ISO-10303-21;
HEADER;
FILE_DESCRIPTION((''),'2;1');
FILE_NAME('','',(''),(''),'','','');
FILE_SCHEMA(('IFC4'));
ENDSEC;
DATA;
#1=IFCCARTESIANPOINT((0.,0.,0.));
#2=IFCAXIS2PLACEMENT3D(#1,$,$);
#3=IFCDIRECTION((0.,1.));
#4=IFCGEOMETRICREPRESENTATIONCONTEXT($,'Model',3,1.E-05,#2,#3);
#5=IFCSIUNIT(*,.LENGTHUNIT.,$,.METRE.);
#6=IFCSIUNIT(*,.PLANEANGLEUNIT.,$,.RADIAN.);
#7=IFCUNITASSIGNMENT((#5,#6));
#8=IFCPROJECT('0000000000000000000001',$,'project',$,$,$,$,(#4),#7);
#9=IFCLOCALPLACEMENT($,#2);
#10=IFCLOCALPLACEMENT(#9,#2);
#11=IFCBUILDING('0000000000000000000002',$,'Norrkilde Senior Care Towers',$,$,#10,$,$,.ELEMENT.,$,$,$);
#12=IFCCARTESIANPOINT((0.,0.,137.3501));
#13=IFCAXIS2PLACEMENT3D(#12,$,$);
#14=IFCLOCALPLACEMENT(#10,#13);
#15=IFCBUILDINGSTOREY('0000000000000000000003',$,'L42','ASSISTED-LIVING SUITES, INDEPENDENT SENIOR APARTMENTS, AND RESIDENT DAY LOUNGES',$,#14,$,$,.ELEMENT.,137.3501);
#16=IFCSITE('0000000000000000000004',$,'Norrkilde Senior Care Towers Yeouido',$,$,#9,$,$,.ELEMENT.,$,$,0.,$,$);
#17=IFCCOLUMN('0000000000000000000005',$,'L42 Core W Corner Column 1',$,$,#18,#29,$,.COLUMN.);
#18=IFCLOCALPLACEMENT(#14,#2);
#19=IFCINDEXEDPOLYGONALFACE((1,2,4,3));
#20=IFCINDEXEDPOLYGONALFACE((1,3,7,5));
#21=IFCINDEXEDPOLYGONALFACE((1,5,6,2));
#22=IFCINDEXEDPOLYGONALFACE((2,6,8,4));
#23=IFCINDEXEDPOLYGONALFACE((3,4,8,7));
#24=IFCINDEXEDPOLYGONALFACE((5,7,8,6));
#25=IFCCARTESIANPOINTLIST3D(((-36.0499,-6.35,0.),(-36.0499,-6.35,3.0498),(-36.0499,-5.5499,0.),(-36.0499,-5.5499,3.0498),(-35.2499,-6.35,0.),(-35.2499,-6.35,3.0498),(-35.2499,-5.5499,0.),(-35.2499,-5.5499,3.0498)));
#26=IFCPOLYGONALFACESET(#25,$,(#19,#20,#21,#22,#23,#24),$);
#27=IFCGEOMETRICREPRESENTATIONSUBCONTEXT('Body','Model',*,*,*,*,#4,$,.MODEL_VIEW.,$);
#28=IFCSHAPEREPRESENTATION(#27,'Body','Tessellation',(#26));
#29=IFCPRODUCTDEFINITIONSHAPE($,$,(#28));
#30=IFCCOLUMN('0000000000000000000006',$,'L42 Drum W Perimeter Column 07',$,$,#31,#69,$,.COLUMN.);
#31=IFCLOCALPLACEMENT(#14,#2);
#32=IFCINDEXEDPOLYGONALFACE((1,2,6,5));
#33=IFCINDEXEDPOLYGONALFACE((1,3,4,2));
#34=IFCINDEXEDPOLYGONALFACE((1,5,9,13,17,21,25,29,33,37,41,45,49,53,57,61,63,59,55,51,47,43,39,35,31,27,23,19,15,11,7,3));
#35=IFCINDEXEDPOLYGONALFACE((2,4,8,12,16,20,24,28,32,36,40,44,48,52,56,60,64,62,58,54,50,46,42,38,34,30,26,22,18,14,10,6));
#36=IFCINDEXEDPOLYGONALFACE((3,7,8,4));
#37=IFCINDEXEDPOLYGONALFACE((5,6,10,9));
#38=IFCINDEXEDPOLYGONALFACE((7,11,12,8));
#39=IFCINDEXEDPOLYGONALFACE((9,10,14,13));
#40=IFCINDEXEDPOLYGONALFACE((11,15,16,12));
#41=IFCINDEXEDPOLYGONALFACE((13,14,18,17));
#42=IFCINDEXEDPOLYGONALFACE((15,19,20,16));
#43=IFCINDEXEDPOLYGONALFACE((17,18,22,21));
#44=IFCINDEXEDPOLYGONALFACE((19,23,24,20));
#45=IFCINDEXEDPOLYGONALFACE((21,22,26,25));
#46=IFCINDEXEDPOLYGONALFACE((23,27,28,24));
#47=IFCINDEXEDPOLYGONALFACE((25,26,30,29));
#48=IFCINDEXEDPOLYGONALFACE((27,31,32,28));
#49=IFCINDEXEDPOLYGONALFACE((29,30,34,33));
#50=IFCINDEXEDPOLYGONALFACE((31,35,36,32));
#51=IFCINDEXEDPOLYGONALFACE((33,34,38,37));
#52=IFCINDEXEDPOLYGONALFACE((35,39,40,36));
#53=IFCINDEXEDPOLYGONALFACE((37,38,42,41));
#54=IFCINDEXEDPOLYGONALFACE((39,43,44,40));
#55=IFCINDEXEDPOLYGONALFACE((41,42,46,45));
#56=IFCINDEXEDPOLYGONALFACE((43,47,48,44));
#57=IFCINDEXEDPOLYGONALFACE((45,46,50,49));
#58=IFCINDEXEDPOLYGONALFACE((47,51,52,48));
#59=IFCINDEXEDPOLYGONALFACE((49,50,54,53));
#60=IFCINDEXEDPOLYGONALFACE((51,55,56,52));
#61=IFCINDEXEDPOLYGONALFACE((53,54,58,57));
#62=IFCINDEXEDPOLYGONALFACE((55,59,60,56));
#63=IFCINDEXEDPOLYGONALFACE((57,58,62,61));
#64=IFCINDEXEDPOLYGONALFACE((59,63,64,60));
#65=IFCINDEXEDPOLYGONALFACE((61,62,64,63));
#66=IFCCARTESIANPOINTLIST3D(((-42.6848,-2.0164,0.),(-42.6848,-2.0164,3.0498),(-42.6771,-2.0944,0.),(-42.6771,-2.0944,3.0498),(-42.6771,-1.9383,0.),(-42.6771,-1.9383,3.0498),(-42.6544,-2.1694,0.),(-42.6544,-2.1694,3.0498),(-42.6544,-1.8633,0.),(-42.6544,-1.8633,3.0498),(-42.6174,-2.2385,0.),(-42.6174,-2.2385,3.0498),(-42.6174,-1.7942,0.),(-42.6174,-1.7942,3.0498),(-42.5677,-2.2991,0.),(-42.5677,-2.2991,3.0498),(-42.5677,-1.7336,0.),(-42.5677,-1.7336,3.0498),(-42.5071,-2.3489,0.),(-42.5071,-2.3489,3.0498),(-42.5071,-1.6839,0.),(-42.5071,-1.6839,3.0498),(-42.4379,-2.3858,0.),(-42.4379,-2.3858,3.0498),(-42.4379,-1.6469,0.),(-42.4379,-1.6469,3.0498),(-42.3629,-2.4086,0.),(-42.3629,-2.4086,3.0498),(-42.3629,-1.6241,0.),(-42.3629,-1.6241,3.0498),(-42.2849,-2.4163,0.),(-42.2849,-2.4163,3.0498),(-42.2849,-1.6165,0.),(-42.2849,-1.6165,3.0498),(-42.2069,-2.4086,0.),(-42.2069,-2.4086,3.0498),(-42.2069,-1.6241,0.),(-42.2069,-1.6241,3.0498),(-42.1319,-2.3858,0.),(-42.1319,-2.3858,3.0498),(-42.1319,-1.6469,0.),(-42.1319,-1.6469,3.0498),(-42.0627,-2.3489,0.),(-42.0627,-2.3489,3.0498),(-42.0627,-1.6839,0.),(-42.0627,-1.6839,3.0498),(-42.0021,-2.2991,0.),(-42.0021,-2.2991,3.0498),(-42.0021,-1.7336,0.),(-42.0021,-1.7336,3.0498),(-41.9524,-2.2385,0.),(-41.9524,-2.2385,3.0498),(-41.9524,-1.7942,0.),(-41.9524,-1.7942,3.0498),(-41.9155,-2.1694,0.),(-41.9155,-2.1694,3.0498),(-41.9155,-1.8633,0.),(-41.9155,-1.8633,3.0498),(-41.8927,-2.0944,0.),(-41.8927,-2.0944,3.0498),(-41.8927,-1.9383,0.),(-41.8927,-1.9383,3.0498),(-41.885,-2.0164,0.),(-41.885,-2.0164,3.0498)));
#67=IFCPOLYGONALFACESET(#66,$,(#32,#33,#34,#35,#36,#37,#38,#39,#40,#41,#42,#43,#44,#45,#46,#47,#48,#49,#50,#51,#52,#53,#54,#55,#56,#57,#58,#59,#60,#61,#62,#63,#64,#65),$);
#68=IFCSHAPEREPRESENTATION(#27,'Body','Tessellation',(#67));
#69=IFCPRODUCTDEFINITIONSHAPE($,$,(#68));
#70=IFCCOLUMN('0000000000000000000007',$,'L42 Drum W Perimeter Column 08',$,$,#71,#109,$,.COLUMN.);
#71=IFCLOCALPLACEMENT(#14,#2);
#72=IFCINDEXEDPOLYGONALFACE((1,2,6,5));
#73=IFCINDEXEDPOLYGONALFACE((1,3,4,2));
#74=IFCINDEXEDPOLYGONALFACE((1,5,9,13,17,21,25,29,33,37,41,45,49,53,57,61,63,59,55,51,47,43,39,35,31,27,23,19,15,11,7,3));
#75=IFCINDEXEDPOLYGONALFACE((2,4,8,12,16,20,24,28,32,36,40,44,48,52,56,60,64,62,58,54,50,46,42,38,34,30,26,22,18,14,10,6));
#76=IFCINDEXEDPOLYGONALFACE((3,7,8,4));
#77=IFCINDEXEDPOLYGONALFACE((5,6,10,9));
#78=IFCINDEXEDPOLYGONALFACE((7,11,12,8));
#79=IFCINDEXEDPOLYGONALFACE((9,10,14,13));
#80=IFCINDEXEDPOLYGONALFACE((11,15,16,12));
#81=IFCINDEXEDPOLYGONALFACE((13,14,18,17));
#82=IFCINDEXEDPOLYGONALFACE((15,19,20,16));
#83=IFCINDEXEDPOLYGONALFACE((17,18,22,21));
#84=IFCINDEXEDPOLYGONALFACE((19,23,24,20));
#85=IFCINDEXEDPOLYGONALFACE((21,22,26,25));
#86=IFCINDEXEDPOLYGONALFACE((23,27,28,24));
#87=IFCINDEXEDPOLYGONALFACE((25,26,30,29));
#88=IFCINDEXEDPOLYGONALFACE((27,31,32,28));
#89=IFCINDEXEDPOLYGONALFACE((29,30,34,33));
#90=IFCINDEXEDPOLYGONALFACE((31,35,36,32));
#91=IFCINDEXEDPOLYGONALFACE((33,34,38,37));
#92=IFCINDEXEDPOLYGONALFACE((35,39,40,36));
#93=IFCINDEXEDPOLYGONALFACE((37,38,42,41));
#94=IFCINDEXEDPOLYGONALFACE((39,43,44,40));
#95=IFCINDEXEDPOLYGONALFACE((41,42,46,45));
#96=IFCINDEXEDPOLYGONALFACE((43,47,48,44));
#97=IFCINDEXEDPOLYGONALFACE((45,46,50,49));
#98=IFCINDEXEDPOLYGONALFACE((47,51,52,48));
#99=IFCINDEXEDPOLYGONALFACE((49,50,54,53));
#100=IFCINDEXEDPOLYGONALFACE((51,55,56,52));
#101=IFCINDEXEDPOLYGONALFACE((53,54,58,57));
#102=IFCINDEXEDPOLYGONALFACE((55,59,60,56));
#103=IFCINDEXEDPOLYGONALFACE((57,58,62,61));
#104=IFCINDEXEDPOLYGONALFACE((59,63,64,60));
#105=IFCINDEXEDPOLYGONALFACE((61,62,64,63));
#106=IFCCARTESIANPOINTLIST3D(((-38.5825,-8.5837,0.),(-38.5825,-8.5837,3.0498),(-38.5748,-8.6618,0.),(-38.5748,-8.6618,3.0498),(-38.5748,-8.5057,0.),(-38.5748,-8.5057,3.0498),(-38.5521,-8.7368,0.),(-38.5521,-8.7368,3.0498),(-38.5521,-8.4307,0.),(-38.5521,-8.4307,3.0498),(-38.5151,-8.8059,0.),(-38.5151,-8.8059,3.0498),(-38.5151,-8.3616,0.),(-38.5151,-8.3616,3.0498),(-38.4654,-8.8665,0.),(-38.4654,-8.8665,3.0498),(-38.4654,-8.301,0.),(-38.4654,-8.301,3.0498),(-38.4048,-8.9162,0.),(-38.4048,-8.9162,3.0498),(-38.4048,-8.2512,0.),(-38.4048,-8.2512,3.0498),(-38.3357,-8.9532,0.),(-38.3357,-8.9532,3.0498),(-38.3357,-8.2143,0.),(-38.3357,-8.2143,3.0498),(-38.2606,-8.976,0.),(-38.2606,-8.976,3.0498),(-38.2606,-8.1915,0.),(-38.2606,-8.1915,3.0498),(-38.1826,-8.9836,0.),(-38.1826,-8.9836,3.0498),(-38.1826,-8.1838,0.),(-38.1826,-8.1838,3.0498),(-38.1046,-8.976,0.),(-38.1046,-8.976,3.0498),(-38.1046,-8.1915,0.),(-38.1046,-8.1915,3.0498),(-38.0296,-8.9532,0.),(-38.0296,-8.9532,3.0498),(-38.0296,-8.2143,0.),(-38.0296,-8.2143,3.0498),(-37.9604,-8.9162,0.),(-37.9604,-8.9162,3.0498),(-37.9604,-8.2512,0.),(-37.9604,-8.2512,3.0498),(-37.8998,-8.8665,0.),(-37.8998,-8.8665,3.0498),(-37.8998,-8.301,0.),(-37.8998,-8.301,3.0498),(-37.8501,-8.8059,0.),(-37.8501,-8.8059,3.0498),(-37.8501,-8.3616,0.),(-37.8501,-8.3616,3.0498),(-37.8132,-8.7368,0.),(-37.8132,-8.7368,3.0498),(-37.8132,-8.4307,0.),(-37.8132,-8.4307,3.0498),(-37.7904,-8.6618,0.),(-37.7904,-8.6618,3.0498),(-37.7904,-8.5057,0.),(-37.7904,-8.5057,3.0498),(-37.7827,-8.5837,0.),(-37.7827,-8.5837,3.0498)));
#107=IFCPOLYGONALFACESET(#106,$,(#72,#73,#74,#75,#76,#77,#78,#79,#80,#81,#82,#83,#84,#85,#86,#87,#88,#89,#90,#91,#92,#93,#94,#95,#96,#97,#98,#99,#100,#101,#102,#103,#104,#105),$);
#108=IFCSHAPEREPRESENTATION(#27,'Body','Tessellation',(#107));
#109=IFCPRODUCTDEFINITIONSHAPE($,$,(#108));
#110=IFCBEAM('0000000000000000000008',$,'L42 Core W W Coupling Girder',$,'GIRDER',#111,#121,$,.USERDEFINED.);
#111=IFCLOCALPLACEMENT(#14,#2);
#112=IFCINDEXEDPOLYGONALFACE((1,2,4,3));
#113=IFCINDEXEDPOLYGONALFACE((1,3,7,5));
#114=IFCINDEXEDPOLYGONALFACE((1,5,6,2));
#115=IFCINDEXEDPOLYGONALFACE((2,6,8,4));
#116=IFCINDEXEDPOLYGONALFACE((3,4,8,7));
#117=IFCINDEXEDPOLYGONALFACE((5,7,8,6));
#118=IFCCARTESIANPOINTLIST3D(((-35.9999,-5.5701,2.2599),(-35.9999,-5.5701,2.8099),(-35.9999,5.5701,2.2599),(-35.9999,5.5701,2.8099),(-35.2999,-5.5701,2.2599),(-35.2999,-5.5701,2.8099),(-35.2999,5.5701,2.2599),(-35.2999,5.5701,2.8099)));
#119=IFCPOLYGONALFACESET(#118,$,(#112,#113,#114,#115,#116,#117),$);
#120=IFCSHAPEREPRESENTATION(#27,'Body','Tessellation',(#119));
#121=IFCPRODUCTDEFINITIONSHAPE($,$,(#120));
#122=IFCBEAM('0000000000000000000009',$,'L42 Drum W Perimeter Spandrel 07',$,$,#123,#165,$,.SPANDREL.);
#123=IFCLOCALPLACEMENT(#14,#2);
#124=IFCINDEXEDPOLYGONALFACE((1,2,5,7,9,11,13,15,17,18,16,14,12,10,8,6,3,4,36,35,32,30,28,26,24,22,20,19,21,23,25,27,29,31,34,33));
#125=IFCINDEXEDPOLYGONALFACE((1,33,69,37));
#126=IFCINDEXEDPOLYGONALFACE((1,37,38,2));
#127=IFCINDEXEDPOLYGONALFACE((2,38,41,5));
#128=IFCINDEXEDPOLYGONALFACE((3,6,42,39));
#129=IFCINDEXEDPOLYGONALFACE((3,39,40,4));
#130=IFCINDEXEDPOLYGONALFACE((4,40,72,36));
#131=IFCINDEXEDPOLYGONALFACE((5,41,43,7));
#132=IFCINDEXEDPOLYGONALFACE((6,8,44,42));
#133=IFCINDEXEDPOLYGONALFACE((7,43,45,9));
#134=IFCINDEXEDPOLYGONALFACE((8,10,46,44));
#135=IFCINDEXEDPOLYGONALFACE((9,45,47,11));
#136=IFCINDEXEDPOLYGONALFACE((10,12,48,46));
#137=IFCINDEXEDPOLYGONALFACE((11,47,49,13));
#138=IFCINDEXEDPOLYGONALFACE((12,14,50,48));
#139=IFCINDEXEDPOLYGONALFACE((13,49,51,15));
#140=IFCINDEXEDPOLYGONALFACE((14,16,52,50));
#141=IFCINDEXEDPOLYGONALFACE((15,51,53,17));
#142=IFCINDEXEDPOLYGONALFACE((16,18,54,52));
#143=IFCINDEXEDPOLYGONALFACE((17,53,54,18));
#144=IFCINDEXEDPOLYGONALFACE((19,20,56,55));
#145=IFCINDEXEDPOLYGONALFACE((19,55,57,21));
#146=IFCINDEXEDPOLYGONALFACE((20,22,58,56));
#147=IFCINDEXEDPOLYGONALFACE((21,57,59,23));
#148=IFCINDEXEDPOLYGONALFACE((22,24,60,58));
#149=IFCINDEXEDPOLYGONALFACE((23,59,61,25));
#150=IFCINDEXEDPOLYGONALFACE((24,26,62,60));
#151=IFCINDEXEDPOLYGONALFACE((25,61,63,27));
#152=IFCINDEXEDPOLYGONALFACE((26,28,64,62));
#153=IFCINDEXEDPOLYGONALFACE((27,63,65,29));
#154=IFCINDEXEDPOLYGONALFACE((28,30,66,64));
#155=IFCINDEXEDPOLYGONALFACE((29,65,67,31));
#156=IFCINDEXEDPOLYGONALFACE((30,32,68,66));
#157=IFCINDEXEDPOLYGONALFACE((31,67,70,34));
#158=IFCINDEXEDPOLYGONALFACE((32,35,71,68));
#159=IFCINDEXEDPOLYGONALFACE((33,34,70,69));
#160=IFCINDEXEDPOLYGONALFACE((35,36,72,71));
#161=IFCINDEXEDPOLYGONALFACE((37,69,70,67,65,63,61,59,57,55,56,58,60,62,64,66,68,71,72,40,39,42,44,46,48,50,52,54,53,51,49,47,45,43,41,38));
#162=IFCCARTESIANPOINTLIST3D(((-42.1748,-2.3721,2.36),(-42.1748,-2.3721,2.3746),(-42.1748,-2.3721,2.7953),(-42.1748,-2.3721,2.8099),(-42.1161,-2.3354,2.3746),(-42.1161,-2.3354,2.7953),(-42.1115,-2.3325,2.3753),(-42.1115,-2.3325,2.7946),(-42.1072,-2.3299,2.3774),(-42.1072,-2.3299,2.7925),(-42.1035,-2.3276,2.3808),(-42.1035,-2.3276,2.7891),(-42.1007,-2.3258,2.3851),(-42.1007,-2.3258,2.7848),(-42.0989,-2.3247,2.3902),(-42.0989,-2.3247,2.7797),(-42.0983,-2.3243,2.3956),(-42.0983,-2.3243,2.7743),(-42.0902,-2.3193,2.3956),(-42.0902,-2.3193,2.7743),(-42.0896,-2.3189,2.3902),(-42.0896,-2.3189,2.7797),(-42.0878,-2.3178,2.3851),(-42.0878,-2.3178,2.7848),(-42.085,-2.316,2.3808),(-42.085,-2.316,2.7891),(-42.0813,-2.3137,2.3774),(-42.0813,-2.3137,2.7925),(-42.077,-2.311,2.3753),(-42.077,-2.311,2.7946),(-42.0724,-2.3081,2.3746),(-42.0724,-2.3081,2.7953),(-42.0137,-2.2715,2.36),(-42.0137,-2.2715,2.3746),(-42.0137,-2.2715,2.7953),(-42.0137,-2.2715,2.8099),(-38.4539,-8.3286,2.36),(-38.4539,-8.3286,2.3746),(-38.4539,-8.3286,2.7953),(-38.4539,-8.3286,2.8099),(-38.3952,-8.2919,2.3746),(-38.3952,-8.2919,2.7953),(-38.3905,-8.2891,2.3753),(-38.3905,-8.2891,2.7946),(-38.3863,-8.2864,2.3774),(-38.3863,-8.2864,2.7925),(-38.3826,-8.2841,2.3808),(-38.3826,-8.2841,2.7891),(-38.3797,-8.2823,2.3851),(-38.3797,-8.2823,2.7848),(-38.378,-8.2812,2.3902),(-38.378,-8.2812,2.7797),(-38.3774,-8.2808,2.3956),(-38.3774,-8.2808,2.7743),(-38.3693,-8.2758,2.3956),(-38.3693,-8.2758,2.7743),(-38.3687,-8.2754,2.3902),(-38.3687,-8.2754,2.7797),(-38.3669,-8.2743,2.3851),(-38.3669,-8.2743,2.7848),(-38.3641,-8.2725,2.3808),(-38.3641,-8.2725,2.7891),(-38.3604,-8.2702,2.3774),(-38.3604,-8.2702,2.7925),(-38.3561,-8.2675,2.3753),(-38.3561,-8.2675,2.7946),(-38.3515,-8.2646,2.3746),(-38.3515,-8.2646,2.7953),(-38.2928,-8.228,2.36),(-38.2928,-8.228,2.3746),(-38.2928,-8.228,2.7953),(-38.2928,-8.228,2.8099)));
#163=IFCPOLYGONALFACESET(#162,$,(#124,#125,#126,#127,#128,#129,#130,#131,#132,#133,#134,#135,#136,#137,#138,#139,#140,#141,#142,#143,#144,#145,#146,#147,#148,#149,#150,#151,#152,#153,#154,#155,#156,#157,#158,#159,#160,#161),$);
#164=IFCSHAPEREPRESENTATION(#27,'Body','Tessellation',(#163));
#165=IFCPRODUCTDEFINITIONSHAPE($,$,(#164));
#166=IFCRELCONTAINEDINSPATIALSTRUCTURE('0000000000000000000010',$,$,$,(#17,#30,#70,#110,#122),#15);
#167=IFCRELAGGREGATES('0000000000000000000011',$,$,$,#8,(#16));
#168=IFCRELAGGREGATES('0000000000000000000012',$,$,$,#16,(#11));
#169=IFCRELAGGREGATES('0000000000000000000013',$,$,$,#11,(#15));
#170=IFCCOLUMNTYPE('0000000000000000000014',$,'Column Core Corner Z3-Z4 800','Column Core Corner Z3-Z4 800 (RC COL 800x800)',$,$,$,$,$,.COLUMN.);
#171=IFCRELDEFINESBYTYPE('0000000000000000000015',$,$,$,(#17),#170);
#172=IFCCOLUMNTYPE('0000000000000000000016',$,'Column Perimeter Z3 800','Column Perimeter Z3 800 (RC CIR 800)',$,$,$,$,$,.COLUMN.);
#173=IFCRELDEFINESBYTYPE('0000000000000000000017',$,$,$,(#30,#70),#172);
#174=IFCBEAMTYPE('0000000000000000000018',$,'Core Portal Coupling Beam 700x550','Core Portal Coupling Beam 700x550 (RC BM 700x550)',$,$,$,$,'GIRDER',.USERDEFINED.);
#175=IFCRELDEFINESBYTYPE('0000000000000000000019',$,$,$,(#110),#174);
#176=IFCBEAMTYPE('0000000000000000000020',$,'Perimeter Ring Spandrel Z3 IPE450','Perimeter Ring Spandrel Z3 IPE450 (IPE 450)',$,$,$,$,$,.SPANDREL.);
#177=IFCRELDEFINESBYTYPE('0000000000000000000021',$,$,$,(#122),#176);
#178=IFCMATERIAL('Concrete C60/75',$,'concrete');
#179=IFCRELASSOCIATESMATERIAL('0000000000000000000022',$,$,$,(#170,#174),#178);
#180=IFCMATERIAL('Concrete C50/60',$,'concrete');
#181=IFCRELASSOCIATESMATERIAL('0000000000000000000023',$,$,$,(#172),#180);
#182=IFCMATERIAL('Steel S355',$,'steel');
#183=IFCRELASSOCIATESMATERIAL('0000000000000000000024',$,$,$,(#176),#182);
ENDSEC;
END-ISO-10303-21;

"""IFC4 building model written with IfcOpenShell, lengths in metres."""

from ifc_helpers import new_model, si_unit, direction, frame, origin, origin_2d, place, context, subcontext, project, spatial, rectangle, circle, i_section, extrude, source, transform, mapped, material, material_profile, profile_set, type_object, type_shapes, element, save


model = new_model("IFC4")

# Units and contexts
model_context = context("Model", 3, precision=1e-05, world=origin(), true_north=direction((0.0, 1.0)))
body_context = subcontext(model_context, "Body", "Model", "MODEL_VIEW")
ifc_project = project(units=[si_unit("LENGTHUNIT", "METRE"), si_unit("PLANEANGLEUNIT", "RADIAN")], contexts=[model_context])

# Site, building, storey
site_placement = place(None, origin())
site = spatial("IfcSite", under=ifc_project, at=site_placement, Name="Norrkilde Senior Care Towers Yeouido", CompositionType="ELEMENT", RefElevation=0.0)
building_placement = place(site_placement, origin())
building = spatial("IfcBuilding", under=site, at=building_placement, Name="Norrkilde Senior Care Towers", CompositionType="ELEMENT")
storey_placement = place(building_placement, frame((0.0, 0.0, 137.3501)))
storey = spatial("IfcBuildingStorey", under=building, at=storey_placement, Name="L42", Description="ASSISTED-LIVING SUITES, INDEPENDENT SENIOR APARTMENTS, AND RESIDENT DAY LOUNGES", CompositionType="ELEMENT", Elevation=137.3501)

# Columns
ifc_material_1 = material(Name="Concrete C60/75", Category="concrete")
ifc_material_profile_1 = material_profile(ifc_material_1, rectangle(XDim=0.8, YDim=0.8, at=origin_2d()), Name="RC COL 800x800")
ifc_profile_set_1 = profile_set([ifc_material_profile_1], Name="Concrete C60/75")
column_type_1 = type_object("IfcColumnType", Name="Column Core Corner Z3-Z4 800", Description="Column Core Corner Z3-Z4 800 (RC COL 800x800)", PredefinedType="COLUMN", material=ifc_profile_set_1)
shared_shape_1 = source(origin(), body_context, "Body", "SweptSolid", [
    extrude(rectangle(XDim=0.8, YDim=0.8, at=origin_2d()), origin(), (0.0, 0.0, 1.0), 3.0498),
])
type_shapes(column_type_1, [shared_shape_1])
column_placement = place(storey_placement, frame((-35.6499, -5.95, 0.0), z_axis=(0.0, 0.0, 1.0), x_axis=(1.0, 0.0, 0.0)))
element("IfcColumn", 1, at=column_placement, inside=storey, type_object=column_type_1, Name="L42 Core W Corner Column 1", PredefinedType="COLUMN", context=body_context, shape_type="MappedRepresentation", body=[
    mapped(shared_shape_1, transform((0.0, 0.0, 0.0), x_axis=(1.0, 0.0, 0.0), y_axis=(0.0, 1.0, 0.0), z_axis=(0.0, 0.0, 1.0), scale=1.0)),
])
ifc_material_2 = material(Name="Concrete C50/60", Category="concrete")
ifc_material_profile_2 = material_profile(ifc_material_2, circle(Radius=0.3999, at=origin_2d()), Name="RC CIR 800")
ifc_profile_set_2 = profile_set([ifc_material_profile_2], Name="Concrete C50/60")
column_type_2 = type_object("IfcColumnType", Name="Column Perimeter Z3 800", Description="Column Perimeter Z3 800 (RC CIR 800)", PredefinedType="COLUMN", material=ifc_profile_set_2)
shared_shape_2 = source(origin(), body_context, "Body", "SweptSolid", [
    extrude(circle(Radius=0.3999, at=origin_2d()), origin(), (0.0, 0.0, 1.0), 3.0498),
])
type_shapes(column_type_2, [shared_shape_2])
for number, where, z_axis, x_axis, name in (
    (2, (-42.2849, -2.0164, 0.0), (0.0, 0.0, 1.0), (1.0, 0.0, 0.0), "L42 Drum W Perimeter Column 07"),
    (3, (-38.1826, -8.5837, 0.0), (0.0, 0.0, 1.0), (1.0, 0.0, 0.0), "L42 Drum W Perimeter Column 08"),
):
    element("IfcColumn", number, at=place(storey_placement, frame(where, z_axis=z_axis, x_axis=x_axis)), inside=storey, type_object=column_type_2, Name=name, PredefinedType="COLUMN", context=body_context, shape_type="MappedRepresentation", body=[
        mapped(shared_shape_2, transform((0.0, 0.0, 0.0), x_axis=(1.0, 0.0, 0.0), y_axis=(0.0, 1.0, 0.0), z_axis=(0.0, 0.0, 1.0), scale=1.0)),
    ])

# Beams
ifc_material_profile_3 = material_profile(ifc_material_1, rectangle(XDim=0.7, YDim=0.55, at=origin_2d()), Name="RC BM 700x550")
ifc_profile_set_3 = profile_set([ifc_material_profile_3], Name="Concrete C60/75")
beam_type_1 = type_object("IfcBeamType", Name="Core Portal Coupling Beam 700x550", Description="Core Portal Coupling Beam 700x550 (RC BM 700x550)", ElementType="GIRDER", PredefinedType="USERDEFINED", material=ifc_profile_set_3)
shared_shape_3 = source(origin(), body_context, "Body", "SweptSolid", [
    extrude(rectangle(XDim=0.7, YDim=0.55, at=origin_2d()), origin(), (0.0, 0.0, 1.0), 11.1401),
])
type_shapes(beam_type_1, [shared_shape_3])
beam_1_placement = place(storey_placement, frame((-35.6499, -5.5701, 2.5349), z_axis=(0.0, 1.0, 0.0), x_axis=(-1.0, 0.0, 0.0)))
element("IfcBeam", 4, at=beam_1_placement, inside=storey, type_object=beam_type_1, Name="L42 Core W W Coupling Girder", ObjectType="GIRDER", PredefinedType="USERDEFINED", context=body_context, shape_type="MappedRepresentation", body=[
    mapped(shared_shape_3, transform((0.0, 0.0, 0.0), x_axis=(1.0, 0.0, 0.0), y_axis=(0.0, 1.0, 0.0), z_axis=(0.0, 0.0, 1.0), scale=1.0)),
])
ifc_material_3 = material(Name="Steel S355", Category="steel")
ifc_material_profile_4 = material_profile(ifc_material_3, i_section(OverallWidth=0.1899, OverallDepth=0.45, WebThickness=0.0095, FlangeThickness=0.0146, FilletRadius=0.021, at=origin_2d()), Name="IPE 450")
ifc_profile_set_4 = profile_set([ifc_material_profile_4], Name="Steel S355")
beam_type_2 = type_object("IfcBeamType", Name="Perimeter Ring Spandrel Z3 IPE450", Description="Perimeter Ring Spandrel Z3 IPE450 (IPE 450)", PredefinedType="SPANDREL", material=ifc_profile_set_4)
shared_shape_4 = source(origin(), body_context, "Body", "SweptSolid", [
    extrude(i_section(OverallWidth=0.1899, OverallDepth=0.45, WebThickness=0.0095, FlangeThickness=0.0146, FilletRadius=0.021, at=origin_2d()), origin(), (0.0, 0.0, 1.0), 7.0232),
])
beam_2_placement = place(storey_placement, frame((-42.0942, -2.3218, 2.585), z_axis=(0.529805, -0.848119, 0.0), x_axis=(0.848119, 0.529805, 0.0)))
element("IfcBeam", 5, at=beam_2_placement, inside=storey, type_object=beam_type_2, Name="L42 Drum W Perimeter Spandrel 07", PredefinedType="SPANDREL", context=body_context, shape_type="MappedRepresentation", body=[
    mapped(shared_shape_4, transform((0.0, 0.0, 0.0), x_axis=(1.0, 0.0, 0.0), y_axis=(0.0, 1.0, 0.0), z_axis=(0.0, 0.0, 1.0), scale=1.0)),
])

save(model, "model.ifc")
